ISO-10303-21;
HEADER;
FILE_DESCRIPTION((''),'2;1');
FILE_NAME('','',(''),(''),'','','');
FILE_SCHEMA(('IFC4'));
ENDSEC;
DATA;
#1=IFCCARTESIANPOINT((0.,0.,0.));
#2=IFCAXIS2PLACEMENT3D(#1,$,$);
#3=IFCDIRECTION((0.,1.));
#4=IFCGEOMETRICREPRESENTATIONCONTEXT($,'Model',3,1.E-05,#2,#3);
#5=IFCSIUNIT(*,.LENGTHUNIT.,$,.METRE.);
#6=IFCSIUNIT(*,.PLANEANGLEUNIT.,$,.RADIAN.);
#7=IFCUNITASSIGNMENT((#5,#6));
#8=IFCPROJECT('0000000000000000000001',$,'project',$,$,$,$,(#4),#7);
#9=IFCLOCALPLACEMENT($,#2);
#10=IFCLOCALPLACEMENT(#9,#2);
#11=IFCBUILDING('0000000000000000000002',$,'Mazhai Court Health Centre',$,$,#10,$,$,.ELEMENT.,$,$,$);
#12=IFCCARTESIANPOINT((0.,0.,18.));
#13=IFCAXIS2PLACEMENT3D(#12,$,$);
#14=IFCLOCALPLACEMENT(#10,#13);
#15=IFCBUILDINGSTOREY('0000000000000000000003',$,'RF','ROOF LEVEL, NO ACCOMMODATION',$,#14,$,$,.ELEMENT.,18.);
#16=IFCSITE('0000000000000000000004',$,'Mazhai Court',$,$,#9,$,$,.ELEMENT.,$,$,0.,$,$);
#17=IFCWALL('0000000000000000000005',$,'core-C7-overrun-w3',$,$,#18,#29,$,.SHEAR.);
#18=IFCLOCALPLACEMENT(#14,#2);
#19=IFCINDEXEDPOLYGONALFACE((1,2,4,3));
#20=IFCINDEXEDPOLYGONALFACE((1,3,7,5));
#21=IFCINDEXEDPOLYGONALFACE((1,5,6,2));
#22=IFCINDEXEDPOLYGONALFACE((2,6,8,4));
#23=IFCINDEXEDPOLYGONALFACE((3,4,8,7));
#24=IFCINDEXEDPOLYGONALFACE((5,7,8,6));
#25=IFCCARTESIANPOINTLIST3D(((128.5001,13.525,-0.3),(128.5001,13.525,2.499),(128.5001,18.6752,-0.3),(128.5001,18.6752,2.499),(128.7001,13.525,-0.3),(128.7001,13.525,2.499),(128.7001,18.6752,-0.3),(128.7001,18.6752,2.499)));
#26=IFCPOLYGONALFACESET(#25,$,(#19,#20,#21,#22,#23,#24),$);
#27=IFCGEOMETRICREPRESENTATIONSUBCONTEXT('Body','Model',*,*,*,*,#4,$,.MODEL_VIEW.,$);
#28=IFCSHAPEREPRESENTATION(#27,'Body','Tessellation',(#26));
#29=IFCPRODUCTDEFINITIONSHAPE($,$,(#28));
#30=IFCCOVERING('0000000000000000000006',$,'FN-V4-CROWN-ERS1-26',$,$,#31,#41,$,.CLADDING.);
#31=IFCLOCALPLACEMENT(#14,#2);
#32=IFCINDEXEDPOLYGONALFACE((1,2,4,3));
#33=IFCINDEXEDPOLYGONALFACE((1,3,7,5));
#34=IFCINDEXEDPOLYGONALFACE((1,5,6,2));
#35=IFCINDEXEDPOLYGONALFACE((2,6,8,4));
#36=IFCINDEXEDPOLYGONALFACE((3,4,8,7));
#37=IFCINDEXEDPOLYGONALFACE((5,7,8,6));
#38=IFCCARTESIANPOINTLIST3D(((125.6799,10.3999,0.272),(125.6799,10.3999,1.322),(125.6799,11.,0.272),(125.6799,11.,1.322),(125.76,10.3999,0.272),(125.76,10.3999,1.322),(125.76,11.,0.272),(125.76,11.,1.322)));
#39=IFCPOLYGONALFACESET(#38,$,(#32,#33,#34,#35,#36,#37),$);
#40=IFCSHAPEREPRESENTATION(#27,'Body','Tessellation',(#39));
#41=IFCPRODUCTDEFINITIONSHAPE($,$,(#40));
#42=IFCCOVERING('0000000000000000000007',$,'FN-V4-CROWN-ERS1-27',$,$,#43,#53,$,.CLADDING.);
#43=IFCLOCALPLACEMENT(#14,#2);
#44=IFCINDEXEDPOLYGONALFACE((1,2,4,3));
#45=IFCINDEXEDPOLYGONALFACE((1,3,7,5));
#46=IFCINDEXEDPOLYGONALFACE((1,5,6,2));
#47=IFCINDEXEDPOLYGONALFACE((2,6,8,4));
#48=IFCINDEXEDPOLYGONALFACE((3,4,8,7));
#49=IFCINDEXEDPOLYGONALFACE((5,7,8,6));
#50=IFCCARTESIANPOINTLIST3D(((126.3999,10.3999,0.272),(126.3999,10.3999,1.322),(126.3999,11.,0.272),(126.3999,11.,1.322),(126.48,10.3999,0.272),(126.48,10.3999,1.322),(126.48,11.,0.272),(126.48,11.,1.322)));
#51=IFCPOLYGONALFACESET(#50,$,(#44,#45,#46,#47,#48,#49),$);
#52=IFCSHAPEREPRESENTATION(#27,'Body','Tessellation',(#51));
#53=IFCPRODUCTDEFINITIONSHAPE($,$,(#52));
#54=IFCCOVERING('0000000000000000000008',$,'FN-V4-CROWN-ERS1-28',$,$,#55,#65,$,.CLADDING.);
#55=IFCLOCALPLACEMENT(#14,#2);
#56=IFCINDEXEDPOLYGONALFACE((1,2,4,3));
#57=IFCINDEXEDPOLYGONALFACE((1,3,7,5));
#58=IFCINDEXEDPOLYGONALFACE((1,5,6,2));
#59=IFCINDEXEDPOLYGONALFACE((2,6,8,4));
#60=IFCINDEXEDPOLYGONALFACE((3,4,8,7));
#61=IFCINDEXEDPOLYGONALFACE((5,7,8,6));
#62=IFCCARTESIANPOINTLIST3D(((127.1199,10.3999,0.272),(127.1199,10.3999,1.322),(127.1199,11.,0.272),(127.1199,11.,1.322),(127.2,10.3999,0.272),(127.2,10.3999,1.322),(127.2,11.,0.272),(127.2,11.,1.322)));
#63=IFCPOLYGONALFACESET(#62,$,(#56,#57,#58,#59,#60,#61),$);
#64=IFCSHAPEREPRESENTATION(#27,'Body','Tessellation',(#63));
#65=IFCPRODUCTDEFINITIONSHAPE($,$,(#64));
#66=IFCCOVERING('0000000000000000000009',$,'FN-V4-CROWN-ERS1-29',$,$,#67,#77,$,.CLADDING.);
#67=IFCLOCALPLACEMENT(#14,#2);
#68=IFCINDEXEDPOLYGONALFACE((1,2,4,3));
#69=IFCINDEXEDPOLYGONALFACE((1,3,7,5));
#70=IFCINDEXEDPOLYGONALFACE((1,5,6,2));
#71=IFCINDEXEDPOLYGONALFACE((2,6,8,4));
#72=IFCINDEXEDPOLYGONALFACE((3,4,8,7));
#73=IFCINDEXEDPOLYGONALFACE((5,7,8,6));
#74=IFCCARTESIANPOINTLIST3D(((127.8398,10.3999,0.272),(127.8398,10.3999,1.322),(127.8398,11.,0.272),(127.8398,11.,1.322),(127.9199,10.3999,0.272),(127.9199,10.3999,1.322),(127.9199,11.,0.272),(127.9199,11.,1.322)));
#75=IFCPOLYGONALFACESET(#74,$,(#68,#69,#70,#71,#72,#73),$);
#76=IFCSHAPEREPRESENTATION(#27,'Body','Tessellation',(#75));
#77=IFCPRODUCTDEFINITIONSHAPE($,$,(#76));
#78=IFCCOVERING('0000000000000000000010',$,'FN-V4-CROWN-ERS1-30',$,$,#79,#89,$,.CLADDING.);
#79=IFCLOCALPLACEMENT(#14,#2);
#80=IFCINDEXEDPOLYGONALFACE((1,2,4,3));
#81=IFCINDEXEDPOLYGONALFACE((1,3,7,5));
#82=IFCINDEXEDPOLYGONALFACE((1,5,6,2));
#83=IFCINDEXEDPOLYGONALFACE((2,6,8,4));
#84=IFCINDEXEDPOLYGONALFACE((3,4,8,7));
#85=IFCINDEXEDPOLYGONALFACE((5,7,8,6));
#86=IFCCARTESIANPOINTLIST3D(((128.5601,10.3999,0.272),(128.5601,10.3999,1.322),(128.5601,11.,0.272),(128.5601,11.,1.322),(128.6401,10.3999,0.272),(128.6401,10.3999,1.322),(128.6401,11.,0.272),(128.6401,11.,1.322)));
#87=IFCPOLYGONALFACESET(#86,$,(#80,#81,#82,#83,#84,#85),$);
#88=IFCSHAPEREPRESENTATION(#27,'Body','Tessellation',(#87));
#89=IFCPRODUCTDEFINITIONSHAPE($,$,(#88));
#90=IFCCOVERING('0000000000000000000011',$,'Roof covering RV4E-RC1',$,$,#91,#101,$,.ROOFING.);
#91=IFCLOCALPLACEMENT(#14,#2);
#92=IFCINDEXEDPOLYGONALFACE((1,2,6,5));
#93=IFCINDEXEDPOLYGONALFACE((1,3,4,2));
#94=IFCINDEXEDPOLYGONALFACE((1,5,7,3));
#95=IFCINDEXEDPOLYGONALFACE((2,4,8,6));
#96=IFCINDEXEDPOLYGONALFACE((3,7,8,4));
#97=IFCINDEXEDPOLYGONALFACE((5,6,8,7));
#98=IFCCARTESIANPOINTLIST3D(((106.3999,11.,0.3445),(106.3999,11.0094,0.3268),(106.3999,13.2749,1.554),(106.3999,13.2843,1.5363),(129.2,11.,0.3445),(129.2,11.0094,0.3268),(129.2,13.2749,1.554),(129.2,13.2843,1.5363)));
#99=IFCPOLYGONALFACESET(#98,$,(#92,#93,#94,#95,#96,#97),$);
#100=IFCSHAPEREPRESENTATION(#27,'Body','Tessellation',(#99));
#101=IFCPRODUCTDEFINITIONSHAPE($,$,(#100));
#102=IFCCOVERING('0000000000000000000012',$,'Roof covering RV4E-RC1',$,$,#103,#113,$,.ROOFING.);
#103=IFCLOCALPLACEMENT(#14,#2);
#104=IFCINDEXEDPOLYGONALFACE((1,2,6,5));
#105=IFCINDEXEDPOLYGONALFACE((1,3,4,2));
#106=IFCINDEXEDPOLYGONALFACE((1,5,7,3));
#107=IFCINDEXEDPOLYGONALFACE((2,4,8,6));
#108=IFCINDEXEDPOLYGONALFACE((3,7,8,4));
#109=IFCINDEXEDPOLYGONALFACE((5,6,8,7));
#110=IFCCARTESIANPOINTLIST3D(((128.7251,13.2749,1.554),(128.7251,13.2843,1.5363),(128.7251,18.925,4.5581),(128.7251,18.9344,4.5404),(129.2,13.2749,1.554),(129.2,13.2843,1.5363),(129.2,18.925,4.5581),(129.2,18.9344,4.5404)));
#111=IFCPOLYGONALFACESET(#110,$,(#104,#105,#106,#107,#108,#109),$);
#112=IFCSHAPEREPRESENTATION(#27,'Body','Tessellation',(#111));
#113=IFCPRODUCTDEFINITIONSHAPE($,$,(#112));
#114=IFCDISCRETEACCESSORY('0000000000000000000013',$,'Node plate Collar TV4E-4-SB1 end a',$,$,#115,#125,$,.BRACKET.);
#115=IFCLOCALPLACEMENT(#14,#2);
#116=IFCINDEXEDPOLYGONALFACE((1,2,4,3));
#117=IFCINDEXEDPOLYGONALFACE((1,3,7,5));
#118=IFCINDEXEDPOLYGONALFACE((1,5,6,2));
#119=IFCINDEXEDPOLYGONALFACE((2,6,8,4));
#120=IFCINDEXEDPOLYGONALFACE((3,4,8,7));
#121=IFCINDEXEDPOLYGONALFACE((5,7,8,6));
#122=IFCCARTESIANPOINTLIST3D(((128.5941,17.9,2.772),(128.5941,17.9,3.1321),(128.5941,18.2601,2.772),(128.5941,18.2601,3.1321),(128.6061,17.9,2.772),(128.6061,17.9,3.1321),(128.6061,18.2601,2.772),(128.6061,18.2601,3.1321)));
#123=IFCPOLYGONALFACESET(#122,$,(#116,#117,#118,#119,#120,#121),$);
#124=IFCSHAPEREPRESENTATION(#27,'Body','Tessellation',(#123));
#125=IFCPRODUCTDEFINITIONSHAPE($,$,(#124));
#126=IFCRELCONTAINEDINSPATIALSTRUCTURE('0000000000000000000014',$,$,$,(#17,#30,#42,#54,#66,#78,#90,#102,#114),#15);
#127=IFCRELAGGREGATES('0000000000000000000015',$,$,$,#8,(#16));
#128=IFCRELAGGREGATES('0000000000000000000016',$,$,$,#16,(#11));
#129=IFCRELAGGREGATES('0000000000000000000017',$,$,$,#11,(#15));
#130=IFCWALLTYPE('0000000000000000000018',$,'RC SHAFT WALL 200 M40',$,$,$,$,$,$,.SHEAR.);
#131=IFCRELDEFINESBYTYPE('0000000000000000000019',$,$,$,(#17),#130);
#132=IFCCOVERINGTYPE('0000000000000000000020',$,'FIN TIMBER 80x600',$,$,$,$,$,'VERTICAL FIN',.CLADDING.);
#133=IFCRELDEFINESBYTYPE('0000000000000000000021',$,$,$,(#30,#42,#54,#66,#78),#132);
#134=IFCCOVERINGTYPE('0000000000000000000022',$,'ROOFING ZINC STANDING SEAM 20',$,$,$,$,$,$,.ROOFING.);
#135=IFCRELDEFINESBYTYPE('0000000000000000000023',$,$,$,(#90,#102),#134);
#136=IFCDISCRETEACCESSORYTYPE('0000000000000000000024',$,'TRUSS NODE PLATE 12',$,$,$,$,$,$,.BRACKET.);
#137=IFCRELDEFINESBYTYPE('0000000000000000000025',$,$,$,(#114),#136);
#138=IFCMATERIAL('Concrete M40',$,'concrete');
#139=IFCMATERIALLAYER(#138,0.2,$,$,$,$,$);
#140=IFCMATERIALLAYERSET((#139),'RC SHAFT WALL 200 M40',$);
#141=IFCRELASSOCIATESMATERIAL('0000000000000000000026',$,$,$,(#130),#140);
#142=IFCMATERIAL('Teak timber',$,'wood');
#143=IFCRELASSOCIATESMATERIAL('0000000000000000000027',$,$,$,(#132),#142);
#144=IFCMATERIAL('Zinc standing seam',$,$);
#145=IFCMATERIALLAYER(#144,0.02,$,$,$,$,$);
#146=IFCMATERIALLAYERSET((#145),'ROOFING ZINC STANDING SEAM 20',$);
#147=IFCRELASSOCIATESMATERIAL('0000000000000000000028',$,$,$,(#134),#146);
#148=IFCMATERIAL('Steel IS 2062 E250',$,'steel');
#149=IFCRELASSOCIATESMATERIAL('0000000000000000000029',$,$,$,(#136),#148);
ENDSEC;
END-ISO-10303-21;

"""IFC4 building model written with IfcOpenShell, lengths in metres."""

from ifc_helpers import new_model, si_unit, direction, frame, frame_2d, origin, origin_2d, place, context, subcontext, project, spatial, polyline, rectangle, outline, extrude, material, layer, layer_set, type_object, element, save


model = new_model("IFC4")

# Units and contexts
model_context = context("Model", 3, precision=1e-05, world=origin(), true_north=direction((0.0, 1.0)))
body_context = subcontext(model_context, "Body", "Model", "MODEL_VIEW")
ifc_project = project(units=[si_unit("LENGTHUNIT", "METRE"), si_unit("PLANEANGLEUNIT", "RADIAN")], contexts=[model_context])

# Site, building, storey
site_placement = place(None, origin())
site = spatial("IfcSite", under=ifc_project, at=site_placement, Name="Mazhai Court", CompositionType="ELEMENT", RefElevation=0.0)
building_placement = place(site_placement, origin())
building = spatial("IfcBuilding", under=site, at=building_placement, Name="Mazhai Court Health Centre", CompositionType="ELEMENT")
storey_placement = place(building_placement, frame((0.0, 0.0, 18.0)))
storey = spatial("IfcBuildingStorey", under=building, at=storey_placement, Name="RF", Description="ROOF LEVEL, NO ACCOMMODATION", CompositionType="ELEMENT", Elevation=18.0)

# Wall
ifc_material_1 = material(Name="Concrete M40", Category="concrete")
ifc_layer_1 = layer(ifc_material_1, 0.2)
ifc_layer_set_1 = layer_set([ifc_layer_1], Name="RC SHAFT WALL 200 M40")
wall_type = type_object("IfcWallType", Name="RC SHAFT WALL 200 M40", PredefinedType="SHEAR", material=ifc_layer_set_1)
wall_placement = place(storey_placement, frame((128.6001, 13.5249, -0.3), z_axis=(0.0, 0.0, 1.0), x_axis=(0.0, 1.0, 0.0)))
element("IfcWall", 1, at=wall_placement, inside=storey, type_object=wall_type, Name="core-C7-overrun-w3", PredefinedType="SHEAR", context=body_context, shape_type="SweptSolid", body=[
    extrude(rectangle(XDim=5.1501, YDim=0.2, at=frame_2d((2.5752, 0.0))), origin(), (0.0, 0.0, 1.0), 2.7991),
])

# Coverings
ifc_material_2 = material(Name="Teak timber", Category="wood")
covering_type_1 = type_object("IfcCoveringType", Name="FIN TIMBER 80x600", ElementType="VERTICAL FIN", PredefinedType="CLADDING", material=ifc_material_2)
for number, where, z_axis, x_axis, name in (
    (2, (125.72, 10.7, 0.272), (0.0, 0.0, 1.0), (1.0, 0.0, 0.0), "FN-V4-CROWN-ERS1-26"),
    (3, (126.4399, 10.7, 0.272), (0.0, 0.0, 1.0), (1.0, 0.0, 0.0), "FN-V4-CROWN-ERS1-27"),
    (4, (127.1599, 10.7, 0.272), (0.0, 0.0, 1.0), (1.0, 0.0, 0.0), "FN-V4-CROWN-ERS1-28"),
    (5, (127.8799, 10.7, 0.272), (0.0, 0.0, 1.0), (1.0, 0.0, 0.0), "FN-V4-CROWN-ERS1-29"),
    (6, (128.6001, 10.7, 0.272), (0.0, 0.0, 1.0), (1.0, 0.0, 0.0), "FN-V4-CROWN-ERS1-30"),
):
    element("IfcCovering", number, at=place(storey_placement, frame(where, z_axis=z_axis, x_axis=x_axis)), inside=storey, type_object=covering_type_1, Name=name, PredefinedType="CLADDING", context=body_context, shape_type="SweptSolid", body=[
        extrude(rectangle(XDim=0.0801, YDim=0.6001, at=origin_2d()), origin(), (0.0, 0.0, 1.0), 1.05),
    ])
ifc_material_3 = material(Name="Zinc standing seam")
ifc_layer_2 = layer(ifc_material_3, 0.02)
ifc_layer_set_2 = layer_set([ifc_layer_2], Name="ROOFING ZINC STANDING SEAM 20")
covering_type_2 = type_object("IfcCoveringType", Name="ROOFING ZINC STANDING SEAM 20", PredefinedType="ROOFING", material=ifc_layer_set_2)
covering_1_placement = place(storey_placement, frame((129.2, 11.0, 0.3445), z_axis=(0.0, -0.469437, 0.882966), x_axis=(-1.0, 0.0, 0.0)))
element("IfcCovering", 7, at=covering_1_placement, inside=storey, type_object=covering_type_2, Name="Roof covering RV4E-RC1", PredefinedType="ROOFING", context=body_context, shape_type="SweptSolid", body=[
    extrude(outline(polyline([(0.0, 0.0), (22.8, 0.0), (22.8, -2.5764), (0.0, -2.5764), (0.0, 0.0)])), origin(), (0.0, 0.0, -1.0), 0.02),
])
covering_2_placement = place(storey_placement, frame((129.2, 13.2749, 1.554), z_axis=(0.0, -0.469461, 0.882953), x_axis=(-1.0, 0.0, 0.0)))
element("IfcCovering", 8, at=covering_2_placement, inside=storey, type_object=covering_type_2, Name="Roof covering RV4E-RC1", PredefinedType="ROOFING", context=body_context, shape_type="SweptSolid", body=[
    extrude(outline(polyline([(0.0, 0.0), (0.4749, 0.0), (0.4749, -6.3991), (0.0, -6.3991), (0.0, 0.0)])), origin(), (0.0, 0.0, -1.0), 0.02),
])

# Discrete accessory
ifc_material_4 = material(Name="Steel IS 2062 E250", Category="steel")
discrete_accessory_type = type_object("IfcDiscreteAccessoryType", Name="TRUSS NODE PLATE 12", PredefinedType="BRACKET", material=ifc_material_4)
discrete_accessory_placement = place(storey_placement, frame((128.6001, 18.0801, 2.772), z_axis=(0.0, 0.0, 1.0), x_axis=(1.0, 0.0, 0.0)))
element("IfcDiscreteAccessory", 9, at=discrete_accessory_placement, inside=storey, type_object=discrete_accessory_type, Name="Node plate Collar TV4E-4-SB1 end a", PredefinedType="BRACKET", context=body_context, shape_type="SweptSolid", body=[
    extrude(rectangle(XDim=0.012, YDim=0.3601, at=origin_2d()), origin(), (0.0, 0.0, 1.0), 0.3601),
])

save(model, "model.ifc")
